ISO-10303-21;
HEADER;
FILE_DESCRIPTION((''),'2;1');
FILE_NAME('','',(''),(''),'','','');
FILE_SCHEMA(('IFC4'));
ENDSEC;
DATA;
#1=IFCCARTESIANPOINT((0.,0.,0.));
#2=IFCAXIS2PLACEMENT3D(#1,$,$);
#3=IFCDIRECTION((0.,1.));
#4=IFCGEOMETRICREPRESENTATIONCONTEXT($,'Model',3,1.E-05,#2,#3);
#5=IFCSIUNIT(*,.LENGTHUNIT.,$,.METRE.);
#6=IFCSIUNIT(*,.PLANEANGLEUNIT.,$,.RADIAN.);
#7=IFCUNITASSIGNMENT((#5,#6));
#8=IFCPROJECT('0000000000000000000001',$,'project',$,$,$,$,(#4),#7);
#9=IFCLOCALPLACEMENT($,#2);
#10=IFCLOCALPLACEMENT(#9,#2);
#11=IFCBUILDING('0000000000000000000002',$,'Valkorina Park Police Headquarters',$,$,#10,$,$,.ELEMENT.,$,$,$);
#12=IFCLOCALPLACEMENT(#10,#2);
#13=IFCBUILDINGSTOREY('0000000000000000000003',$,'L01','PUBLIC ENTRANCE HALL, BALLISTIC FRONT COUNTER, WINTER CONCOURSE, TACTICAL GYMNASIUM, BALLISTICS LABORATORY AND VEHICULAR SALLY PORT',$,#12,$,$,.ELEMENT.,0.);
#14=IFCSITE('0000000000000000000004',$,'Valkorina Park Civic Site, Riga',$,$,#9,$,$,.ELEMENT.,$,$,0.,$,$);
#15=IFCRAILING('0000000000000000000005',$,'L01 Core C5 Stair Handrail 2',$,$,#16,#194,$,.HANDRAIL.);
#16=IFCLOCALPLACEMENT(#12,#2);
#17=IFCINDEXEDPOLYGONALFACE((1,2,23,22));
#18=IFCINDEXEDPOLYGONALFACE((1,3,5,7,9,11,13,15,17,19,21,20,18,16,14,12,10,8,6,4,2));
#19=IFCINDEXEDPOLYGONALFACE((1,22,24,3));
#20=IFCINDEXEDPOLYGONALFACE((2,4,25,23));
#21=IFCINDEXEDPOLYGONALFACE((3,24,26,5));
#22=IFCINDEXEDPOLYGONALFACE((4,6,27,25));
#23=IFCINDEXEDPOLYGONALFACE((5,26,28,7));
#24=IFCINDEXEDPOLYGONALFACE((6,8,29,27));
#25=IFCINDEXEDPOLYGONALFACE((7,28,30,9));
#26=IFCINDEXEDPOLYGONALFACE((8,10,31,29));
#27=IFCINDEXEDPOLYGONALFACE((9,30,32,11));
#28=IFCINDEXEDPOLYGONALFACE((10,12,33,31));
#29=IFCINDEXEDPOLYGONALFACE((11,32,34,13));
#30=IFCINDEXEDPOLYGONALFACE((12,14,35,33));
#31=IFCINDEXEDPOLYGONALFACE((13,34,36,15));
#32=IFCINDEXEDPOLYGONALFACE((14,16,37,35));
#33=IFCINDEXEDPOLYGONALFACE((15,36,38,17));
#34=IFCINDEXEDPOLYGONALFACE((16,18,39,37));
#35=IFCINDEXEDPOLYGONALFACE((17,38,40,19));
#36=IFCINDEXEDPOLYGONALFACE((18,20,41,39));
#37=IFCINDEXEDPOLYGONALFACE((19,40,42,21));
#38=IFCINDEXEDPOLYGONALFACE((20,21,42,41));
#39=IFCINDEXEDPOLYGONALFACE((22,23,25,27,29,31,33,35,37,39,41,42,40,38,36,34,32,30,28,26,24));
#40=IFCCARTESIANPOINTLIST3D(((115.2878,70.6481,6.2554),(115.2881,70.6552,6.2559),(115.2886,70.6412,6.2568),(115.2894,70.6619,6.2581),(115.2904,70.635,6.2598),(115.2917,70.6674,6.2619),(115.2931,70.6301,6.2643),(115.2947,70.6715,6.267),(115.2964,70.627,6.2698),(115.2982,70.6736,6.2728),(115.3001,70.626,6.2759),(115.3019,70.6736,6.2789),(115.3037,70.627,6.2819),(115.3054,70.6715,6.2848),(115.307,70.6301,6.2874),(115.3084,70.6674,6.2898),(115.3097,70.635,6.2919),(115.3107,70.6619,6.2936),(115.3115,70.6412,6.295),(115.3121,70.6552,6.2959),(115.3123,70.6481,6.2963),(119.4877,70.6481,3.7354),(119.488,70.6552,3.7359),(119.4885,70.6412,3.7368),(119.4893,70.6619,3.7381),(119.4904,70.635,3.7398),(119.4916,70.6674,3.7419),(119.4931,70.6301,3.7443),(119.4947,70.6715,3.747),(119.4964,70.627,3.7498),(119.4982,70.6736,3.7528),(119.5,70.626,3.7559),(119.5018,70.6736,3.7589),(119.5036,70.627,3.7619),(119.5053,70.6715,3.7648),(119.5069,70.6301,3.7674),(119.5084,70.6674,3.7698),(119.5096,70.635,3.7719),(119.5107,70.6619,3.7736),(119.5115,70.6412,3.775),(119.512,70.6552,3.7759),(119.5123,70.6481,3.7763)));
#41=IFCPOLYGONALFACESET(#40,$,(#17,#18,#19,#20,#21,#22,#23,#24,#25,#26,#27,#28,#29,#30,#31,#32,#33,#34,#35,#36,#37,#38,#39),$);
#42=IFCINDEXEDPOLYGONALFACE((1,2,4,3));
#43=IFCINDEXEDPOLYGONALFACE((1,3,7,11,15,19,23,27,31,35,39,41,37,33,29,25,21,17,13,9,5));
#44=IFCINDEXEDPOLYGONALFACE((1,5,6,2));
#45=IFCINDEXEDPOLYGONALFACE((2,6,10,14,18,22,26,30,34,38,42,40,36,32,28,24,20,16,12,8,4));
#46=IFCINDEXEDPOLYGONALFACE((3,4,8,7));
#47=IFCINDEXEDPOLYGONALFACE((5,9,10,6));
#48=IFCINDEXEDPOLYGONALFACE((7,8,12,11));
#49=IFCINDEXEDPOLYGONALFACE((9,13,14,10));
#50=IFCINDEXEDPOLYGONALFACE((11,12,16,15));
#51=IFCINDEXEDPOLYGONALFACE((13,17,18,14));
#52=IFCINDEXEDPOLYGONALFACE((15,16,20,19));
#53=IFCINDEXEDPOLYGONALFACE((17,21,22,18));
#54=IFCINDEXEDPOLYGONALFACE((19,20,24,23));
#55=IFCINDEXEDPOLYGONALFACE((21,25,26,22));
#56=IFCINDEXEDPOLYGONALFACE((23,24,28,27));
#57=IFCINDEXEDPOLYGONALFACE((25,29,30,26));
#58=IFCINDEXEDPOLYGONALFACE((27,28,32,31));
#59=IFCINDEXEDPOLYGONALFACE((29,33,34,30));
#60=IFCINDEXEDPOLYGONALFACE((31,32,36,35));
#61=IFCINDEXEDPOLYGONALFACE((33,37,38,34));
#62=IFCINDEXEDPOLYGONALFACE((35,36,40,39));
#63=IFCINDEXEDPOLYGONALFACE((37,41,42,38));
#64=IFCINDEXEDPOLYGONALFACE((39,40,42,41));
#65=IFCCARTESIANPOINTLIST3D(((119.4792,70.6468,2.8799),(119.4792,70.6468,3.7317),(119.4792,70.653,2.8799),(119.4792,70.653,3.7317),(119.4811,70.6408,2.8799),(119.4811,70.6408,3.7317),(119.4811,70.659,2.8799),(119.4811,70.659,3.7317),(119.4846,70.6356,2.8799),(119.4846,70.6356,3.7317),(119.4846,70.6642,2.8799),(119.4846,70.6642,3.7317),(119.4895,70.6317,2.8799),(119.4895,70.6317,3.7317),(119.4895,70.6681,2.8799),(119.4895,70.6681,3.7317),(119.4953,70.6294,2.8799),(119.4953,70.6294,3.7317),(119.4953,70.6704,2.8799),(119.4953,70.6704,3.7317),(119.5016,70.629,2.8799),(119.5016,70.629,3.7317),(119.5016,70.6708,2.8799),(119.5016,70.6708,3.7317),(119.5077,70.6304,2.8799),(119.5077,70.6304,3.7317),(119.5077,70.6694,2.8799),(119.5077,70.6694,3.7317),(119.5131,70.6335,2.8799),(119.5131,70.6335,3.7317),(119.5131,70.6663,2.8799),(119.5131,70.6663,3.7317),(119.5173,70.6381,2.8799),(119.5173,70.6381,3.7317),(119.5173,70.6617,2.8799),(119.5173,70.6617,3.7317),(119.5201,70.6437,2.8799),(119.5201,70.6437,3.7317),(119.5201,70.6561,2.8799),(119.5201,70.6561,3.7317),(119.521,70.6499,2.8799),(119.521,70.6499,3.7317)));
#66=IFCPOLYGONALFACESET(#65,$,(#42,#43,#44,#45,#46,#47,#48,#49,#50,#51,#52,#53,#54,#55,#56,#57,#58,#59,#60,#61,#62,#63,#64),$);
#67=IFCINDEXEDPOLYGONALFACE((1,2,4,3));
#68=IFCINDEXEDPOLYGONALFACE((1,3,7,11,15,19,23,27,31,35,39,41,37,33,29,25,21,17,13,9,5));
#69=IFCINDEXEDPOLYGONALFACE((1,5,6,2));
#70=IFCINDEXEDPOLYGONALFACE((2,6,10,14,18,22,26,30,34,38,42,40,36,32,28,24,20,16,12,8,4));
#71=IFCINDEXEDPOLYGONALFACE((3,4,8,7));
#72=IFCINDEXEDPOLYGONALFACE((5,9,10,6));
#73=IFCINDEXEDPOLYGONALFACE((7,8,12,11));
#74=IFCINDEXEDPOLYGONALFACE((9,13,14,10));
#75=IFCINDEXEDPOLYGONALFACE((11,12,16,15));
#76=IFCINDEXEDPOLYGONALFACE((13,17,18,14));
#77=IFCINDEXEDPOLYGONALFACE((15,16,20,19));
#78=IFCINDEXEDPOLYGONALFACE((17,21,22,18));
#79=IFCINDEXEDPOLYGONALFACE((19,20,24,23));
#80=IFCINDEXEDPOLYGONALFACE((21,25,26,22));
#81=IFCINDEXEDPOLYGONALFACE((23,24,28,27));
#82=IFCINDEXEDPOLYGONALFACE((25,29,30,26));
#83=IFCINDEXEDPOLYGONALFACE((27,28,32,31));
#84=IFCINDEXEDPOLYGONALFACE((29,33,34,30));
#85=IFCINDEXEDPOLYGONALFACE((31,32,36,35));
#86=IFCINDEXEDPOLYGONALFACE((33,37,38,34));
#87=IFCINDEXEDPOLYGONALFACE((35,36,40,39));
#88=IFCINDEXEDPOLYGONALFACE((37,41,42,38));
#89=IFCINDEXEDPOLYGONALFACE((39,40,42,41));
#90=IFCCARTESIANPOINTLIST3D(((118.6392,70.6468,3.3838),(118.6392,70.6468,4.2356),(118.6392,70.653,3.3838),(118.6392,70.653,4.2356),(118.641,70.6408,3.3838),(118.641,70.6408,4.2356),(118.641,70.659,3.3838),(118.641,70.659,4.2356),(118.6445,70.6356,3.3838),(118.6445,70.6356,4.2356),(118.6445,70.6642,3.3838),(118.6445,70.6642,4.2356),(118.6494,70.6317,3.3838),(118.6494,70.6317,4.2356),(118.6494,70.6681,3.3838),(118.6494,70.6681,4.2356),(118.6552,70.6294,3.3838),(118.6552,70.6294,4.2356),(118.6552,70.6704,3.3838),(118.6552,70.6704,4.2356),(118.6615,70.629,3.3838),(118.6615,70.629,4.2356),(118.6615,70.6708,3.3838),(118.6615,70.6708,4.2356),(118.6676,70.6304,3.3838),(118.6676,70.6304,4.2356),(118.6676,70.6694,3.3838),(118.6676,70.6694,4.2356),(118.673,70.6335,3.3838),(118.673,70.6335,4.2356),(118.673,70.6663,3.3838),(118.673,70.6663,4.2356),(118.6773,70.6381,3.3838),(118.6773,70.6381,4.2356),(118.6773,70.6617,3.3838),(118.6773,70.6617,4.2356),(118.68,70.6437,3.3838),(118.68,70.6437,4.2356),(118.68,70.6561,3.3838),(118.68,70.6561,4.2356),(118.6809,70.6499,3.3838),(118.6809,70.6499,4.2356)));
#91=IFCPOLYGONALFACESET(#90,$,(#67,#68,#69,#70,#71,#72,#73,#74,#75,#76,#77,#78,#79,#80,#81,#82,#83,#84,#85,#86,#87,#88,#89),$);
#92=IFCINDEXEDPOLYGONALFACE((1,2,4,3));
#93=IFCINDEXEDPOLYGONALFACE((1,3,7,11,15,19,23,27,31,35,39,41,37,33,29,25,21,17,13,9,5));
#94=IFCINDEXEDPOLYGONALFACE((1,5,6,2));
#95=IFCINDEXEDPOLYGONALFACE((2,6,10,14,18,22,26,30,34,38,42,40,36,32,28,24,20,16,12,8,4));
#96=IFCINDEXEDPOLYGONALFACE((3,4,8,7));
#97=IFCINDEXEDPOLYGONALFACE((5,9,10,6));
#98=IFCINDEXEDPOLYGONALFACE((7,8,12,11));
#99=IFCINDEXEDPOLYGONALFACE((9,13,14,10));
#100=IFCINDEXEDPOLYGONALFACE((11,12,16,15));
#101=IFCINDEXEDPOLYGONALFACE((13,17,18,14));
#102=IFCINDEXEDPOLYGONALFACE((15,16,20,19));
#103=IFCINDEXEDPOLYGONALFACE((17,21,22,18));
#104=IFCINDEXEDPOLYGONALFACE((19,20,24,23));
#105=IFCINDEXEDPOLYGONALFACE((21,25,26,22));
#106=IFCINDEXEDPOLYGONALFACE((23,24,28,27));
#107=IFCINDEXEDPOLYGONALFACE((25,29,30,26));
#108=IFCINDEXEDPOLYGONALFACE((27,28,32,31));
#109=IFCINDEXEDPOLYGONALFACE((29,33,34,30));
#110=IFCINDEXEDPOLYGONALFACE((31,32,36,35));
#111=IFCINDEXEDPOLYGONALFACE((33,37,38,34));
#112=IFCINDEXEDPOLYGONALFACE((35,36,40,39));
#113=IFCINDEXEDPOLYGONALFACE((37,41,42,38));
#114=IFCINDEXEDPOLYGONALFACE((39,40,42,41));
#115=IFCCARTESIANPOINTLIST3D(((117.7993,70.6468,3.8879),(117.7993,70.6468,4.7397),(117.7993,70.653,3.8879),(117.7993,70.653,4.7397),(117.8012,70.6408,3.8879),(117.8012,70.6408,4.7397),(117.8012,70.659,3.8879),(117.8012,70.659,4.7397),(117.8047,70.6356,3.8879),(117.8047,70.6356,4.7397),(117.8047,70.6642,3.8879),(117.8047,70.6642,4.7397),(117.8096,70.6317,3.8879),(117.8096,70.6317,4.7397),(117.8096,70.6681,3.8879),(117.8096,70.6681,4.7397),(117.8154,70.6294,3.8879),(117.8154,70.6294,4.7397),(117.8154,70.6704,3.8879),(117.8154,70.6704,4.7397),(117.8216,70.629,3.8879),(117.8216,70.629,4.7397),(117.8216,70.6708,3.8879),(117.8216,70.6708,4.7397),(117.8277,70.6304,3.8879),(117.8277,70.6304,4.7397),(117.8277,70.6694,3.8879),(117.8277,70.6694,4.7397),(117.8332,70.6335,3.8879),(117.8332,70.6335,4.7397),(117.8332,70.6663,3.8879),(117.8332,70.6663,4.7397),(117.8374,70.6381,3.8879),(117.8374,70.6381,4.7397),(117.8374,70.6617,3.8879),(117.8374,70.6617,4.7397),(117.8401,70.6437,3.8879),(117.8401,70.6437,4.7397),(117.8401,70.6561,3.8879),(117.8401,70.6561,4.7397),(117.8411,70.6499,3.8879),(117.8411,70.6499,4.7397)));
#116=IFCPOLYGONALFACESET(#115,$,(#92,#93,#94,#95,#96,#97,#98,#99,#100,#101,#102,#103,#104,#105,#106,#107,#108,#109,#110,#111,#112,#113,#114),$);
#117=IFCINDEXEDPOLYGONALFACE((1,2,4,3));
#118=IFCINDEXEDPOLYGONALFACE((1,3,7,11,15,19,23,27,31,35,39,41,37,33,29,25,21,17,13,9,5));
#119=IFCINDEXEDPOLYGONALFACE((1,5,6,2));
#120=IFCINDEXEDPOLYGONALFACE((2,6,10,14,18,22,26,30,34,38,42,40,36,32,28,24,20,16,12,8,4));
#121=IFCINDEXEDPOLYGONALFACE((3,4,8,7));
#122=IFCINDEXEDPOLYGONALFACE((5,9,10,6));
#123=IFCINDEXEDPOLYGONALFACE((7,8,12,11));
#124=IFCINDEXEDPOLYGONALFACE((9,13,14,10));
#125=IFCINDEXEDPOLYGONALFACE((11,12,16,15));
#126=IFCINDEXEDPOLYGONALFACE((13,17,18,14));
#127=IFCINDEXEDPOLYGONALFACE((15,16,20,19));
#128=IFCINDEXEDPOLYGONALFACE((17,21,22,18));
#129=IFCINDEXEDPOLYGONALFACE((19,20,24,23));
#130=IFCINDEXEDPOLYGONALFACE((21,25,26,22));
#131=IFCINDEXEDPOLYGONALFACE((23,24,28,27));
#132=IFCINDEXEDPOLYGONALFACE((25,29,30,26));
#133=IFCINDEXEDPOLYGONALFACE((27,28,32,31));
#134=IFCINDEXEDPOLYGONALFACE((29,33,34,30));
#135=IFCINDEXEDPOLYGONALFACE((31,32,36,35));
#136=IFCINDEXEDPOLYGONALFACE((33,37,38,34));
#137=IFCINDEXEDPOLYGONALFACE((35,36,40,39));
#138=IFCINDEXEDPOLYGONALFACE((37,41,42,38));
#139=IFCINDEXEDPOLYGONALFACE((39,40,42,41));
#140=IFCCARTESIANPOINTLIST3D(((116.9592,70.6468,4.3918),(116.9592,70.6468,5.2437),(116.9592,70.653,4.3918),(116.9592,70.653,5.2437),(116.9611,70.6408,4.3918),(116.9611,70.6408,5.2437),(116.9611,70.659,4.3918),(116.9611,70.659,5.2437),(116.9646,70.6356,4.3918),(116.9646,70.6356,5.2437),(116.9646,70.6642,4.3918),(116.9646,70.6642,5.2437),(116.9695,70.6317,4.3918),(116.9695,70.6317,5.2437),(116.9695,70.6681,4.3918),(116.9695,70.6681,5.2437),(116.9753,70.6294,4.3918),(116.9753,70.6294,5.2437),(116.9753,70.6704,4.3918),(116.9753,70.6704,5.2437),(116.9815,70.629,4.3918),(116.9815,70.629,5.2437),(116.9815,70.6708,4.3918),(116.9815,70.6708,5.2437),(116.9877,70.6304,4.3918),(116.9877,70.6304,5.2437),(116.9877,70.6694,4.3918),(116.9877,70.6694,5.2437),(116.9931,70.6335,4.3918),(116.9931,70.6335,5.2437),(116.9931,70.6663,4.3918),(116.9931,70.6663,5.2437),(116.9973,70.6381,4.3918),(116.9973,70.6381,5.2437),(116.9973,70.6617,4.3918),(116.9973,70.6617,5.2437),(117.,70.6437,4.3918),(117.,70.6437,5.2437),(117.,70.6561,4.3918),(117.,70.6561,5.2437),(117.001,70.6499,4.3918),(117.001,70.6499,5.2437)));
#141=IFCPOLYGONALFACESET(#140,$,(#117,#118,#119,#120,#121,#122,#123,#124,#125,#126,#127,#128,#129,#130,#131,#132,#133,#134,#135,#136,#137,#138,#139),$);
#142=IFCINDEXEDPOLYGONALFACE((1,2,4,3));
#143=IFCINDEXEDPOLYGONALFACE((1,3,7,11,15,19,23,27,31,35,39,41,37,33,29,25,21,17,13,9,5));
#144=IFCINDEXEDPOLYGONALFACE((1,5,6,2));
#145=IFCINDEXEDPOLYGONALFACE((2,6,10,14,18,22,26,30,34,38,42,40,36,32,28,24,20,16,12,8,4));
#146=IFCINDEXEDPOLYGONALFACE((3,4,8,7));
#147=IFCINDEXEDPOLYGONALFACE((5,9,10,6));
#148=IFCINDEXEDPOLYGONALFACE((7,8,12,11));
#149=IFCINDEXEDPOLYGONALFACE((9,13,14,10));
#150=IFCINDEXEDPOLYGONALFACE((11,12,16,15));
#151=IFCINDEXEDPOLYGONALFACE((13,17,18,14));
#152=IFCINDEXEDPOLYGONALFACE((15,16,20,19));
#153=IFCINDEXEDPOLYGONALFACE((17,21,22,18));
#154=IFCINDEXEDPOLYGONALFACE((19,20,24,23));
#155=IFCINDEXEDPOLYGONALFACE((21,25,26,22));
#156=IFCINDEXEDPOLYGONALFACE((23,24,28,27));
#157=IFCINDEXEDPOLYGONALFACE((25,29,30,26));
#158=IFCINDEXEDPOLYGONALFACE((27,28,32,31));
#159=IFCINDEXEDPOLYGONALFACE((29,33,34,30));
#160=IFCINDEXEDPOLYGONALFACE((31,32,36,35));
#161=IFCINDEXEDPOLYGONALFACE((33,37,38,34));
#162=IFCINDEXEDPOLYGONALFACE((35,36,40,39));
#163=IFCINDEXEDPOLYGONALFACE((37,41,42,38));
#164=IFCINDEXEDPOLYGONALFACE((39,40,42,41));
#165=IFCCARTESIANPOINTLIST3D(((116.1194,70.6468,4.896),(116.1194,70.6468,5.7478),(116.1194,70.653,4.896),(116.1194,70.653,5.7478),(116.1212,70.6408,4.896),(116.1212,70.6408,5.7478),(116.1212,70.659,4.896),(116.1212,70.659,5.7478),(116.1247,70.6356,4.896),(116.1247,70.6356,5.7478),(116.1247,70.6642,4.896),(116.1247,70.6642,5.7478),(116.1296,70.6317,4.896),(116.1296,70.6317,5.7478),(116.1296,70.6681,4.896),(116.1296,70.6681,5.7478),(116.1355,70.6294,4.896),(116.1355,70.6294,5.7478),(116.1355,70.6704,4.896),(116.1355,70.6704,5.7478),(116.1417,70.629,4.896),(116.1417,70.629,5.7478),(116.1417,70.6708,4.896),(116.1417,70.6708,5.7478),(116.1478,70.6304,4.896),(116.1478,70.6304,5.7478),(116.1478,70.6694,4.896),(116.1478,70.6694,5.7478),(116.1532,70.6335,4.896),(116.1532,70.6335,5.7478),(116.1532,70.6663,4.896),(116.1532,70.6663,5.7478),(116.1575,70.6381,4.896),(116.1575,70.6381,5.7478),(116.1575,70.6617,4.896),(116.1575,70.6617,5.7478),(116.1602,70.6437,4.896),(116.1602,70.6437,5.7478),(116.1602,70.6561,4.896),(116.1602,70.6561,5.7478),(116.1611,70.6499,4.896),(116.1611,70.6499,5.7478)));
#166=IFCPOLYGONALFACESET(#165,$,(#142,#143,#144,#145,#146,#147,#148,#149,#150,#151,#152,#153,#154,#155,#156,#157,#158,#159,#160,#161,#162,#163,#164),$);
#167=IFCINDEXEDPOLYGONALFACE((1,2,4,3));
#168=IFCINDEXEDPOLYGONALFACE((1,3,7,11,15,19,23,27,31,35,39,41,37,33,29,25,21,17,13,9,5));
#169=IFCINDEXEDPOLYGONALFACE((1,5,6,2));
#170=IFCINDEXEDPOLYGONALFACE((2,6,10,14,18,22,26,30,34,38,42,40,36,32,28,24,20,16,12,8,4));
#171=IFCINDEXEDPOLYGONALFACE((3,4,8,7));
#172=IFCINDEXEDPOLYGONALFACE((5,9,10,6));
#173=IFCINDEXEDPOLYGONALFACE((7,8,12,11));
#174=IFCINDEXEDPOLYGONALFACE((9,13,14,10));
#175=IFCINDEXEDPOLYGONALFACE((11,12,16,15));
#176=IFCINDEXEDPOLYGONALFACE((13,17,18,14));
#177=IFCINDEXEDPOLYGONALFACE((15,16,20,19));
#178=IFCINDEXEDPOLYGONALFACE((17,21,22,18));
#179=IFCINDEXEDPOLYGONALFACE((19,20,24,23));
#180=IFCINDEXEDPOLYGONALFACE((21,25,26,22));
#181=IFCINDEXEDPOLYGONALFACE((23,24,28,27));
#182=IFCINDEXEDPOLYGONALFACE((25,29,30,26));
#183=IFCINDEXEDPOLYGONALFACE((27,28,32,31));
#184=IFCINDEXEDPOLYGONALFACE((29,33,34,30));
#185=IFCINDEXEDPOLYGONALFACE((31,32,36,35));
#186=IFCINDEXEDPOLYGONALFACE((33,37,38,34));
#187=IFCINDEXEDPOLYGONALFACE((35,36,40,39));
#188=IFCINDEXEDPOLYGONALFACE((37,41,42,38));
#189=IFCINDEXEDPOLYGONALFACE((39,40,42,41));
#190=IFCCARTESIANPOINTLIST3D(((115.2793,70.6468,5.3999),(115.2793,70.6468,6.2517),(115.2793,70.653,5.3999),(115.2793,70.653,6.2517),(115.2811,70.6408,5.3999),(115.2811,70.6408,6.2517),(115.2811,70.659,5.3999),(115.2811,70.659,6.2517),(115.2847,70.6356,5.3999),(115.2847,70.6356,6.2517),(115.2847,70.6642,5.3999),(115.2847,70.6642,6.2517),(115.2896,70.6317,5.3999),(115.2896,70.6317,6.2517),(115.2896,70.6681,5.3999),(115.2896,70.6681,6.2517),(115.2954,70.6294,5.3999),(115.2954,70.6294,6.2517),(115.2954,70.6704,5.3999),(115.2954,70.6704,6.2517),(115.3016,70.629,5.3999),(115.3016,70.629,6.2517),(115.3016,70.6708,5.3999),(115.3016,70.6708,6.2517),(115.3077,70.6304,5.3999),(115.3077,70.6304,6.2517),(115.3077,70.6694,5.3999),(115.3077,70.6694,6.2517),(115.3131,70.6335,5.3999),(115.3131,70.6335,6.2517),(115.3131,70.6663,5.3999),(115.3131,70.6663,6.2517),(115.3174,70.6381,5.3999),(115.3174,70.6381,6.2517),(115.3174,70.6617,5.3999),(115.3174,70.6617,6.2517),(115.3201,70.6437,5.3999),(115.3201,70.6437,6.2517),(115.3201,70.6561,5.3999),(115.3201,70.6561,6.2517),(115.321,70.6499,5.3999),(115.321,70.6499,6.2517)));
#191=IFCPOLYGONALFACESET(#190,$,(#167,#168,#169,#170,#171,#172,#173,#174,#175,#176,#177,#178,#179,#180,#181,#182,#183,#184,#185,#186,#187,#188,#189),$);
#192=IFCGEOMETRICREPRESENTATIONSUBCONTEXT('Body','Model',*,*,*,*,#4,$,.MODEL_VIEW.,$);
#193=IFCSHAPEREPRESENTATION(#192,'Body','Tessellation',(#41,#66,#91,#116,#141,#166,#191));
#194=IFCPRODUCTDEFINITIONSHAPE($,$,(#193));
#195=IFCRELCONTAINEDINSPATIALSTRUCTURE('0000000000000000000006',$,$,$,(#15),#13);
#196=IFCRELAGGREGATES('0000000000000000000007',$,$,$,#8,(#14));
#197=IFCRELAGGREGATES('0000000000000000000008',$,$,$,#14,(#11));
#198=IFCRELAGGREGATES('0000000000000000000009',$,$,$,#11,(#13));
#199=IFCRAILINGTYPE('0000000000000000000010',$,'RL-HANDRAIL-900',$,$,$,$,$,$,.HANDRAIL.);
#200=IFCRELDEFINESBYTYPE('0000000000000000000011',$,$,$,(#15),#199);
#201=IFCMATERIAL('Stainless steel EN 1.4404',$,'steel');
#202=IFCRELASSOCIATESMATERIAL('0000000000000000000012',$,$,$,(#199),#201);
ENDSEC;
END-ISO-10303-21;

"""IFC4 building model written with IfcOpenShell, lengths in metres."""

from ifc_helpers import new_model, si_unit, direction, frame, origin, origin_2d, place, context, subcontext, project, spatial, circle, extrude, material, type_object, element, save


model = new_model("IFC4")

# Units and contexts
model_context = context("Model", 3, precision=1e-05, world=origin(), true_north=direction((0.0, 1.0)))
body_context = subcontext(model_context, "Body", "Model", "MODEL_VIEW")
ifc_project = project(units=[si_unit("LENGTHUNIT", "METRE"), si_unit("PLANEANGLEUNIT", "RADIAN")], contexts=[model_context])

# Site, building, storey
site_placement = place(None, origin())
site = spatial("IfcSite", under=ifc_project, at=site_placement, Name="Valkorina Park Civic Site, Riga", CompositionType="ELEMENT", RefElevation=0.0)
building_placement = place(site_placement, origin())
building = spatial("IfcBuilding", under=site, at=building_placement, Name="Valkorina Park Police Headquarters", CompositionType="ELEMENT")
storey_placement = place(building_placement, origin())
storey = spatial("IfcBuildingStorey", under=building, at=storey_placement, Name="L01", Description="PUBLIC ENTRANCE HALL, BALLISTIC FRONT COUNTER, WINTER CONCOURSE, TACTICAL GYMNASIUM, BALLISTICS LABORATORY AND VEHICULAR SALLY PORT", CompositionType="ELEMENT", Elevation=0.0)

# Railing
ifc_material_1 = material(Name="Stainless steel EN 1.4404", Category="steel")
railing_type_1 = type_object("IfcRailingType", Name="RL-HANDRAIL-900", PredefinedType="HANDRAIL", material=ifc_material_1)
railing_1_placement = place(storey_placement, frame((119.5, 70.6499, 2.8799)))
element("IfcRailing", 1, at=railing_1_placement, inside=storey, type_object=railing_type_1, Name="L01 Core C5 Stair Handrail 2", PredefinedType="HANDRAIL", context=body_context, shape_type="SweptSolid", body=[
    extrude(circle(Radius=0.0239, at=origin_2d()), frame((0.0, 0.0, 0.876), z_axis=(-0.857489, 0.0, 0.514503), x_axis=(0.0, -1.0, 0.0)), (0.0, 0.0, 1.0), 4.8979),
    extrude(circle(Radius=0.021, at=origin_2d()), origin(), (0.0, 0.0, 1.0), 0.8518),
    extrude(circle(Radius=0.021, at=origin_2d()), frame((-0.8401, 0.0, 0.5039)), (0.0, 0.0, 1.0), 0.8518),
    extrude(circle(Radius=0.021, at=origin_2d()), frame((-1.6799, 0.0, 1.0081)), (0.0, 0.0, 1.0), 0.8518),
    extrude(circle(Radius=0.021, at=origin_2d()), frame((-2.52, 0.0, 1.512)), (0.0, 0.0, 1.0), 0.8518),
    extrude(circle(Radius=0.021, at=origin_2d()), frame((-3.3599, 0.0, 2.0161)), (0.0, 0.0, 1.0), 0.8518),
    extrude(circle(Radius=0.021, at=origin_2d()), frame((-4.2, 0.0, 2.52)), (0.0, 0.0, 1.0), 0.8518),
])

save(model, "model.ifc")
